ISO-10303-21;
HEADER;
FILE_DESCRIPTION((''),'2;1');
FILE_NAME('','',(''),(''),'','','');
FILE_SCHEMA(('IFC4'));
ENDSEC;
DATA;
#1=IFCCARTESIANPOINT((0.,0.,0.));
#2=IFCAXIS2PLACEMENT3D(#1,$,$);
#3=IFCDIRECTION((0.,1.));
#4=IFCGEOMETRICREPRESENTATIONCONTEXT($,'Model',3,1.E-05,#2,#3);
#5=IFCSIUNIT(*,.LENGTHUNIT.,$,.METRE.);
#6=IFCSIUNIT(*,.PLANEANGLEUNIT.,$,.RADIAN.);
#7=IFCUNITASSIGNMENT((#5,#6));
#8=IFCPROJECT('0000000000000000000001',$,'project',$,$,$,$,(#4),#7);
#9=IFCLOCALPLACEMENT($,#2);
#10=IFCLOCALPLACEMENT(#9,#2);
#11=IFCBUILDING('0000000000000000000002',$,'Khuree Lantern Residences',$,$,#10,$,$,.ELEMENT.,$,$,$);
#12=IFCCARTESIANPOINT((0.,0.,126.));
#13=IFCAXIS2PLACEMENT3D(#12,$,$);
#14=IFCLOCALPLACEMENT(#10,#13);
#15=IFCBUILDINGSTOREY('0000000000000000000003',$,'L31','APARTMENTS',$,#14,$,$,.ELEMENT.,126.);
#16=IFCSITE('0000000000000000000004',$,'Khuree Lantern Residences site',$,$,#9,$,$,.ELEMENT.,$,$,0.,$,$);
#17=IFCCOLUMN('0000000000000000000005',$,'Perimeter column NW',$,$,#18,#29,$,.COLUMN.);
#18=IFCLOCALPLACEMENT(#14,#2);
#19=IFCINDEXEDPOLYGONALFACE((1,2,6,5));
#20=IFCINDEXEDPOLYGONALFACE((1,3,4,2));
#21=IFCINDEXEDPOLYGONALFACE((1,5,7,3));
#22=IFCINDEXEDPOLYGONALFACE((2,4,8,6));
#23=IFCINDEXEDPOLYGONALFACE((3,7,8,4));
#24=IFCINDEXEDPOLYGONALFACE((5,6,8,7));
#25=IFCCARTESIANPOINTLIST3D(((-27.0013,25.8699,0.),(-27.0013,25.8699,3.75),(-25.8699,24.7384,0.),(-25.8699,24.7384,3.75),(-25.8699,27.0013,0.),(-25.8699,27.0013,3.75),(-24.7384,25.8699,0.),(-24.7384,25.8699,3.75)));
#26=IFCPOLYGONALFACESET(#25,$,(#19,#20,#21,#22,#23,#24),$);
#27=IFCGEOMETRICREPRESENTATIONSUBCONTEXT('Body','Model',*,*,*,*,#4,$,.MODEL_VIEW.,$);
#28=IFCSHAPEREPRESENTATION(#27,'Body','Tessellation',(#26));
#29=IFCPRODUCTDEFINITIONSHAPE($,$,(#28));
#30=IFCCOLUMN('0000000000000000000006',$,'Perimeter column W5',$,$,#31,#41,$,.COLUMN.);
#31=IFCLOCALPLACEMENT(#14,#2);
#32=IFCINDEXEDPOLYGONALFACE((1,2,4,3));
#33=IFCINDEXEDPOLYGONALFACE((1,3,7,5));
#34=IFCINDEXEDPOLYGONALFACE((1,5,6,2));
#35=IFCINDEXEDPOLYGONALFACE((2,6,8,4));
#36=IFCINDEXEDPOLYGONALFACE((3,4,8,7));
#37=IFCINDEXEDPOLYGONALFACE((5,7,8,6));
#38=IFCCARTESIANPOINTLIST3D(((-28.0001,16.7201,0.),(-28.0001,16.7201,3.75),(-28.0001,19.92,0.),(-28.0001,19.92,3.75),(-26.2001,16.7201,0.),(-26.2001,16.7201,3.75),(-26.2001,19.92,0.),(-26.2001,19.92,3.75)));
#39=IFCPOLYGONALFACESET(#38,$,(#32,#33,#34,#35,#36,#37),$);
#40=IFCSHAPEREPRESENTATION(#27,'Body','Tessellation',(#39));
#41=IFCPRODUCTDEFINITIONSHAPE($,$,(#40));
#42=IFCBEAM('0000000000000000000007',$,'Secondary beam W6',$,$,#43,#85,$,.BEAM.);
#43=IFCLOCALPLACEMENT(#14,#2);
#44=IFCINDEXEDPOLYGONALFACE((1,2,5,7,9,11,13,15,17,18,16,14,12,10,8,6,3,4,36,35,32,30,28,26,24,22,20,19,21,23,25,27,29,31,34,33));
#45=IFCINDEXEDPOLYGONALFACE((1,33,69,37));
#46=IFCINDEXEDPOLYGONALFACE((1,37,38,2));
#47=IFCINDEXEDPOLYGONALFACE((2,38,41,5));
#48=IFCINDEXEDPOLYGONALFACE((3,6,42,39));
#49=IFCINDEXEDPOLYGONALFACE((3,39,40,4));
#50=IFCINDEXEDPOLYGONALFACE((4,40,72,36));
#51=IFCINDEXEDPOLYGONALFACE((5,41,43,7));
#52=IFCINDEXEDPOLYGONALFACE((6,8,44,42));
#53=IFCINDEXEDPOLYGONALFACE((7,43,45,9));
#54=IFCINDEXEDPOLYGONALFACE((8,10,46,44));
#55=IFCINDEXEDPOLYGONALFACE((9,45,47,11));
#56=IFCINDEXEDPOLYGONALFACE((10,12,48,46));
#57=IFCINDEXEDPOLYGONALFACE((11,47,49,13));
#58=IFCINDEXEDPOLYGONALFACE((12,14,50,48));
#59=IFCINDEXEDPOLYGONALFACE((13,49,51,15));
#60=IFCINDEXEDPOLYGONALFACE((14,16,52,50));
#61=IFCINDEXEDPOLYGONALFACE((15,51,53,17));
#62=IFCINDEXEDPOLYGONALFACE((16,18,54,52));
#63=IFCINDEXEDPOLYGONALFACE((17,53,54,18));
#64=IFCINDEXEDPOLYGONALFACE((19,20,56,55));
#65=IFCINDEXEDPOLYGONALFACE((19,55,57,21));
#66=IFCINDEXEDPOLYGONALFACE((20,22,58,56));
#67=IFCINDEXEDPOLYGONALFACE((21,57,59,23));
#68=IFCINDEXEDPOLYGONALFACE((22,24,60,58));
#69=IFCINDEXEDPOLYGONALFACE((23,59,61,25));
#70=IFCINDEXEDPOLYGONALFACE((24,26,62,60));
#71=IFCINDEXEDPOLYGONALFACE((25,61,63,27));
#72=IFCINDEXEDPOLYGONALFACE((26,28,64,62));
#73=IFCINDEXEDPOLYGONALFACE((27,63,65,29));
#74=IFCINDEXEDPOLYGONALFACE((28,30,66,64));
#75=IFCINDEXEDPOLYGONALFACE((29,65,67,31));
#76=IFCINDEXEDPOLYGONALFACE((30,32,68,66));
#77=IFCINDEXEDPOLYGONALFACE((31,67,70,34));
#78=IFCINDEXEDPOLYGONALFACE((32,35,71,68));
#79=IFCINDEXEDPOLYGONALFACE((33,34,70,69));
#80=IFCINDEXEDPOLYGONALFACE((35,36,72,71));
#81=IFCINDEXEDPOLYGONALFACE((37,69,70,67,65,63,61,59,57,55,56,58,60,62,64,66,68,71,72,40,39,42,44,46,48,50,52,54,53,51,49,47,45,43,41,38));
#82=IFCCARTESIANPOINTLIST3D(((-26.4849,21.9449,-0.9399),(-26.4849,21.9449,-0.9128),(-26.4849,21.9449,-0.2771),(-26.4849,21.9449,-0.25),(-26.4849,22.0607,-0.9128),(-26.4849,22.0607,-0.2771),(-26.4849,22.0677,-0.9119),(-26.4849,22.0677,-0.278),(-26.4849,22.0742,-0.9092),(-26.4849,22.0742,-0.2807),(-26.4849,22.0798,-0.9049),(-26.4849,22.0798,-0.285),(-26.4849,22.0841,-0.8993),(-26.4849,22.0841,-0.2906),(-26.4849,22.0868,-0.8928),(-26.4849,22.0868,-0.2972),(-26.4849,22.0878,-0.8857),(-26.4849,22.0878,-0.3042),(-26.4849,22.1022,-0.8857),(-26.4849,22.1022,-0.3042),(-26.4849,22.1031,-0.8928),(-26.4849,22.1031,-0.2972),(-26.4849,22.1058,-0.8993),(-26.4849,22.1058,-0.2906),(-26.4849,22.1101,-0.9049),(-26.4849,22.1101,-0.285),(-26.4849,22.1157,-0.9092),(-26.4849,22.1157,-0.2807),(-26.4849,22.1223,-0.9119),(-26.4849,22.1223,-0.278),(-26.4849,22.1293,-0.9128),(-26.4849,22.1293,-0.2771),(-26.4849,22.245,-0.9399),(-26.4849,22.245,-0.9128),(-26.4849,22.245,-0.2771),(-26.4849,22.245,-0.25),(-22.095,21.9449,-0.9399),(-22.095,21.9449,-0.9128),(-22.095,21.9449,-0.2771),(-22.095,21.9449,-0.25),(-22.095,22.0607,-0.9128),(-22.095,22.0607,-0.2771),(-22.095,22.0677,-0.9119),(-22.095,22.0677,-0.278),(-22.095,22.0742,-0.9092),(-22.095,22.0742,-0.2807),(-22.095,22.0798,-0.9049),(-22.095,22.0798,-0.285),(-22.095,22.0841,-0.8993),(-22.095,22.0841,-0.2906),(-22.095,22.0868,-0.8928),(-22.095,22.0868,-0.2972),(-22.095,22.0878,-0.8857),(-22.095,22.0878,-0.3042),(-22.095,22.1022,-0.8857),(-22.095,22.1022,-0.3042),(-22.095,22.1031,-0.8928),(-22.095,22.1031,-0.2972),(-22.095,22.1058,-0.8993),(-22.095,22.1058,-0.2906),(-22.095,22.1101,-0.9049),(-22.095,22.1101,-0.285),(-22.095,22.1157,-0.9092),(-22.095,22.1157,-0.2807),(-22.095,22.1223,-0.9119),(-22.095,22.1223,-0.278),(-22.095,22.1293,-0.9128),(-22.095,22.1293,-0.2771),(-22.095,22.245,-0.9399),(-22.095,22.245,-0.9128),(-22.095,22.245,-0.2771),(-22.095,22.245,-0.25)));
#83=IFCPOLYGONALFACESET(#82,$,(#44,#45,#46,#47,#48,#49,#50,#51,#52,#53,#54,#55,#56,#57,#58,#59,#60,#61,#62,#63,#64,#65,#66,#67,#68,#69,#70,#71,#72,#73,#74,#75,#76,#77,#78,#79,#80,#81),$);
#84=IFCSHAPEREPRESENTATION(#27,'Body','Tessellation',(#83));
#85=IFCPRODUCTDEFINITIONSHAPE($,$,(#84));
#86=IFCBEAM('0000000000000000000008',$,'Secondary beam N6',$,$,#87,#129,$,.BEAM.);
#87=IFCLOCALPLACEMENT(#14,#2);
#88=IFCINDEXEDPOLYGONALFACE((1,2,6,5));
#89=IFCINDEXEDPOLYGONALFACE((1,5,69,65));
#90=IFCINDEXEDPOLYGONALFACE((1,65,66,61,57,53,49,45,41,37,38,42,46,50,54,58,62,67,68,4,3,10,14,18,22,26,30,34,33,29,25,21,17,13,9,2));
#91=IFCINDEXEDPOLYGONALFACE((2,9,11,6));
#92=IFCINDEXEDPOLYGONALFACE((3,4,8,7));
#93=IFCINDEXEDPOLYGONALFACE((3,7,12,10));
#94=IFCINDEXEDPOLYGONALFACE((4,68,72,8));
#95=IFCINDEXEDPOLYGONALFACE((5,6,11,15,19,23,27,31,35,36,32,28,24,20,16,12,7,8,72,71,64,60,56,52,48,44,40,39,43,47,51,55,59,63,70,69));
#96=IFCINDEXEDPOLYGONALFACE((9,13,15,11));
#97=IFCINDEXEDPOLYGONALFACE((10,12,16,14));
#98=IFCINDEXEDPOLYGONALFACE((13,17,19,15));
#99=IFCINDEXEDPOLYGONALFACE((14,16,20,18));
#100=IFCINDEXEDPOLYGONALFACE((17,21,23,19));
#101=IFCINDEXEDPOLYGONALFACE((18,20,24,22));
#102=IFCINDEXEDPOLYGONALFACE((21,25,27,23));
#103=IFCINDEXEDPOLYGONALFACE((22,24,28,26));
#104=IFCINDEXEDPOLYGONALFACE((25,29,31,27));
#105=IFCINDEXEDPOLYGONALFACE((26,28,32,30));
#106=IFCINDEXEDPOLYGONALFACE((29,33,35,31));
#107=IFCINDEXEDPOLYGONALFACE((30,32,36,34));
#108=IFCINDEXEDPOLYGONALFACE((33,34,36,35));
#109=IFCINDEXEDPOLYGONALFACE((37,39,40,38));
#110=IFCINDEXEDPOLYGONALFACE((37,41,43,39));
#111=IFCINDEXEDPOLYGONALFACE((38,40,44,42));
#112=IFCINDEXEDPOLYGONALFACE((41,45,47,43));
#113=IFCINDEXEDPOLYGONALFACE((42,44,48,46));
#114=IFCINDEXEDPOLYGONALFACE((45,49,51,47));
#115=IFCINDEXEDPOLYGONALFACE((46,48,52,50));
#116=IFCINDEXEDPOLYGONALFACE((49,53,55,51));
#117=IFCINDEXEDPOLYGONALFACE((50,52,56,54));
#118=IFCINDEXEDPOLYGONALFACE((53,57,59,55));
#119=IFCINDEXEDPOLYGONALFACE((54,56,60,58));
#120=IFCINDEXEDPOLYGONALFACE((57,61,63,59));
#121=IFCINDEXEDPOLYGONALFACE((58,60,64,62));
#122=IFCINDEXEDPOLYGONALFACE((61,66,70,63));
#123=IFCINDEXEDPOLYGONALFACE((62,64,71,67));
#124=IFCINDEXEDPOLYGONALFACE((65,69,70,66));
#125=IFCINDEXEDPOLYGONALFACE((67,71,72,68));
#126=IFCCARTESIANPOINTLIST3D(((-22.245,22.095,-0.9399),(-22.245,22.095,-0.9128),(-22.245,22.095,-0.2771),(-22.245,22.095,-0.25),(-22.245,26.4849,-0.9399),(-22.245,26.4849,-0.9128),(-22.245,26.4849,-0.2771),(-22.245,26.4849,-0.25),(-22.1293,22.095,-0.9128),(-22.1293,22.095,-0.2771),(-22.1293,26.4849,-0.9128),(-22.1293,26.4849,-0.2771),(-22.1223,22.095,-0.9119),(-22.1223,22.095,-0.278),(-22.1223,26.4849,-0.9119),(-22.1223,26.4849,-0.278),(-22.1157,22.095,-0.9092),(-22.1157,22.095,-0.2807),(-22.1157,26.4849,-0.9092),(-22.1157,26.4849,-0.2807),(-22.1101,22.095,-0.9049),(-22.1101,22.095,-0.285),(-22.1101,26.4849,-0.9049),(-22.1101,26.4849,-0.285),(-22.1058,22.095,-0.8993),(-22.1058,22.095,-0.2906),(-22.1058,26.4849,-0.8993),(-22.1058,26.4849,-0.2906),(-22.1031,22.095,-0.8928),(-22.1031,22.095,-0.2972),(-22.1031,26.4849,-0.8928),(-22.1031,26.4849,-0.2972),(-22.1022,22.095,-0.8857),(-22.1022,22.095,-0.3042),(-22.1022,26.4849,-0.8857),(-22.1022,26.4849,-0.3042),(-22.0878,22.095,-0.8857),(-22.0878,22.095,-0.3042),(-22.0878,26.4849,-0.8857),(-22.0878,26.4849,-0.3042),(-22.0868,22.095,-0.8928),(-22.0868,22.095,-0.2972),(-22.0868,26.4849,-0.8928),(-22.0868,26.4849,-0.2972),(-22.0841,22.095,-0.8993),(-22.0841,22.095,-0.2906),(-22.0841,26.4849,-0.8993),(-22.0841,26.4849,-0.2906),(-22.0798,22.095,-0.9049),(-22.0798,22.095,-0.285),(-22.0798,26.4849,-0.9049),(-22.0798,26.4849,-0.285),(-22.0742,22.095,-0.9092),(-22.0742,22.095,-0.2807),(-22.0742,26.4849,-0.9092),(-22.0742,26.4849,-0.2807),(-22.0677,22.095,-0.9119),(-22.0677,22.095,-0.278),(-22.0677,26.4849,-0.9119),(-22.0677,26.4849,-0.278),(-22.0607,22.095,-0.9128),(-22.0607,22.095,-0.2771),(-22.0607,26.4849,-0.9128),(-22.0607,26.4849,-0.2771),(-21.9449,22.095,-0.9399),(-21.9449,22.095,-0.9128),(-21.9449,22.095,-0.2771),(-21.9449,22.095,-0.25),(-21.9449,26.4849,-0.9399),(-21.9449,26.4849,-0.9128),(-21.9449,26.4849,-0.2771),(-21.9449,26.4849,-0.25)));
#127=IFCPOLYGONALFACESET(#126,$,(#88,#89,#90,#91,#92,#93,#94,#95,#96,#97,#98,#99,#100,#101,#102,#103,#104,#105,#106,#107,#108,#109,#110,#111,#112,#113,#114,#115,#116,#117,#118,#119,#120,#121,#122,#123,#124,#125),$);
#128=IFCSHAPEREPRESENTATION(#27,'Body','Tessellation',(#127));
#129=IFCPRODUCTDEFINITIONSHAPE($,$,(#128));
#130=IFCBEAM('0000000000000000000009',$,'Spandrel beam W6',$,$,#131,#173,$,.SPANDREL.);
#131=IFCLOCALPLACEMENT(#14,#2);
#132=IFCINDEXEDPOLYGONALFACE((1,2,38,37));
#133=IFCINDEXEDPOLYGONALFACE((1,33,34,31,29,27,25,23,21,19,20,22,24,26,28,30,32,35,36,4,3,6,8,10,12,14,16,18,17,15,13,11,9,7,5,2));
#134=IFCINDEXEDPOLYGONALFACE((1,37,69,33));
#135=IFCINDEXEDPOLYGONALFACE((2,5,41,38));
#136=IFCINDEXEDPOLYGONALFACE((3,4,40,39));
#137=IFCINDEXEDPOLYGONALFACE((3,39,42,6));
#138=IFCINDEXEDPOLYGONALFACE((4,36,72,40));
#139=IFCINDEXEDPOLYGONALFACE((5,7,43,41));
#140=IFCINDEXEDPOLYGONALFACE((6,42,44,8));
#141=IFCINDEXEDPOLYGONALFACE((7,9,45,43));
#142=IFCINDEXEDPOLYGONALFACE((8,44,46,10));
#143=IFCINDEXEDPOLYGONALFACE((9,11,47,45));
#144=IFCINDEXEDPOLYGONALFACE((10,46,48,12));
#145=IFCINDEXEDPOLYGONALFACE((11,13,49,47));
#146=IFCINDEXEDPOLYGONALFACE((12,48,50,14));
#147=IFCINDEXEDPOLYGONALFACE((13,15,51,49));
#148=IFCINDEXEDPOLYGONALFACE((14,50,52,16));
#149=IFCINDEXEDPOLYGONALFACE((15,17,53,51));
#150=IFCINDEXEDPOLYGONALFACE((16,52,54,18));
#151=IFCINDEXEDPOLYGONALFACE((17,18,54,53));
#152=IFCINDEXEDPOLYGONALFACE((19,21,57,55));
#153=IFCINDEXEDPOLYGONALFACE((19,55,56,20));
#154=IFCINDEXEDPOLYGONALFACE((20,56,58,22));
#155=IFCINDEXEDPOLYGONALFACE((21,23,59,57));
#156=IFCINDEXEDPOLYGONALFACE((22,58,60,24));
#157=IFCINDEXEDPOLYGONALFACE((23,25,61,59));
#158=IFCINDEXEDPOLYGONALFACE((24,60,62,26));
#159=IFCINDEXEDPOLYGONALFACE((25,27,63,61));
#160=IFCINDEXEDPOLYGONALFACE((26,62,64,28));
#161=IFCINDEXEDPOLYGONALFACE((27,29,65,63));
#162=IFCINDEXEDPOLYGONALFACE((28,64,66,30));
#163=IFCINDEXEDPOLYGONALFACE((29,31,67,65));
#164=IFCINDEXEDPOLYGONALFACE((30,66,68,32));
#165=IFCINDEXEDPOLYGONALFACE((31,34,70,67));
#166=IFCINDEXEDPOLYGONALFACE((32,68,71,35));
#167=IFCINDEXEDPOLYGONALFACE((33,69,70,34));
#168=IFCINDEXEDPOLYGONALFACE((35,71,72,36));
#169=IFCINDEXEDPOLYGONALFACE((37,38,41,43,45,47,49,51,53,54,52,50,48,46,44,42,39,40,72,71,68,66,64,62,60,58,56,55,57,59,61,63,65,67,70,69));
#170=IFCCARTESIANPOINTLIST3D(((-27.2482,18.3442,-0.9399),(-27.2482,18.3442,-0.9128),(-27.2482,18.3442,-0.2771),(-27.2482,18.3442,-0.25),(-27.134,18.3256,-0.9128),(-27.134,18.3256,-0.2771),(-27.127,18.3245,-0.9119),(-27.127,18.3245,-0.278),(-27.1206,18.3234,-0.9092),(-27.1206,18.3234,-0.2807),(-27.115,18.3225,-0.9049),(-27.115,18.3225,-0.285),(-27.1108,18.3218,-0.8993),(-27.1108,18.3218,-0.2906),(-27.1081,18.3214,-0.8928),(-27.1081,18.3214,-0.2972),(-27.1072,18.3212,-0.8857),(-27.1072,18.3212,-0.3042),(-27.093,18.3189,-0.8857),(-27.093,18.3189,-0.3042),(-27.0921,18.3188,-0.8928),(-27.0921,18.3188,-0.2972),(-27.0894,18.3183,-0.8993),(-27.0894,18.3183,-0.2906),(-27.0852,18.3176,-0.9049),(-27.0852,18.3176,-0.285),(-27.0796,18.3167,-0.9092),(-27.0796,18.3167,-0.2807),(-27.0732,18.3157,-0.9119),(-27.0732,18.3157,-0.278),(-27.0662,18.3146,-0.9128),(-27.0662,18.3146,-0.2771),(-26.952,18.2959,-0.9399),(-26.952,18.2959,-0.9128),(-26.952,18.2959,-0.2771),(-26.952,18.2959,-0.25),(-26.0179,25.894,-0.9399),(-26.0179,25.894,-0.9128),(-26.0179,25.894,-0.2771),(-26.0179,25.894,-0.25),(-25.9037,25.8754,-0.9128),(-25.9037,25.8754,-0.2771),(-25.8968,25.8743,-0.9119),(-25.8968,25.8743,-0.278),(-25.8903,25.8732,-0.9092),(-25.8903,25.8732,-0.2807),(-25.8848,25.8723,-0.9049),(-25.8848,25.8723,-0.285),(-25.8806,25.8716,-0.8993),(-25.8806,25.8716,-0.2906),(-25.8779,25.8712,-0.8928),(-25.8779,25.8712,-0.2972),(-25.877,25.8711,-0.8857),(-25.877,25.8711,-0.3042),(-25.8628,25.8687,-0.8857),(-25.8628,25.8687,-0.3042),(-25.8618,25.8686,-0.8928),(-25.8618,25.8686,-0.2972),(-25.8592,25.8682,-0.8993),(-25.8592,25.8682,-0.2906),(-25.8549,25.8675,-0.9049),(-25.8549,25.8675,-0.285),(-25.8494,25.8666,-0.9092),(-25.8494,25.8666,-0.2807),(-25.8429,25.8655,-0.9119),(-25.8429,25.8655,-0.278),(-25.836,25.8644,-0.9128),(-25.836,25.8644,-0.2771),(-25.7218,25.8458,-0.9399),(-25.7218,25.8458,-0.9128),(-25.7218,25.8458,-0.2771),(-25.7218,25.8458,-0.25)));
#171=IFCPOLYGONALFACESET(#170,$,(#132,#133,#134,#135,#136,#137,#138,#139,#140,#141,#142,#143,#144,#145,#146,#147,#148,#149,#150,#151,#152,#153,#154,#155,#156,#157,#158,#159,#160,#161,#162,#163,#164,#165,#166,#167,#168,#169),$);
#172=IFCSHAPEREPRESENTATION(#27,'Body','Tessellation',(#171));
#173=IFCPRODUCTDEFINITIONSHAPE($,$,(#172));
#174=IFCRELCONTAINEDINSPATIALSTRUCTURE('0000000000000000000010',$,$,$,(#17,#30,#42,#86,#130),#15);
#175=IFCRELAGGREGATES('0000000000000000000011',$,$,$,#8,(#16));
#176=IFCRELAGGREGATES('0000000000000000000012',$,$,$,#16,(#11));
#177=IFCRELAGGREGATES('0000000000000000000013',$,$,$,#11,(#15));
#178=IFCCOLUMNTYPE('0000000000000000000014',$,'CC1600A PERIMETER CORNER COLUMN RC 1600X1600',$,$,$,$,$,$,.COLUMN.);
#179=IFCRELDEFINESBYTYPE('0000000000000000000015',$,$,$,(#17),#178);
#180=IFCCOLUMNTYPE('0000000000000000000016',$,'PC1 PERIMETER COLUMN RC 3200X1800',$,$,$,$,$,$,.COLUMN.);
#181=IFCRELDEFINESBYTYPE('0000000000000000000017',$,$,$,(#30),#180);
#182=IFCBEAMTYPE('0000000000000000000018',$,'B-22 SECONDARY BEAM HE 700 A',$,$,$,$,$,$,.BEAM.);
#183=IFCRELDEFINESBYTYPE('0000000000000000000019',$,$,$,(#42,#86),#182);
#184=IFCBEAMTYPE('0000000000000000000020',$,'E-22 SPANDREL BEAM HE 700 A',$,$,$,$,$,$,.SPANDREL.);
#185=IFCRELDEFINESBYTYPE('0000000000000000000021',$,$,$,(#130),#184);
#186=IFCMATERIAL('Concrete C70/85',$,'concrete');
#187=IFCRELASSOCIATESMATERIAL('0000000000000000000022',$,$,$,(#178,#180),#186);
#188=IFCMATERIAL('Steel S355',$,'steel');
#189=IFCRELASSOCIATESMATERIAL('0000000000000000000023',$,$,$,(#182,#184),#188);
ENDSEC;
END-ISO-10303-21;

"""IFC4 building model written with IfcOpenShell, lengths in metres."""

from ifc_helpers import new_model, si_unit, direction, frame, origin, origin_2d, place, context, subcontext, project, spatial, rectangle, i_section, extrude, material, material_profile, profile_set, type_object, element, save


model = new_model("IFC4")

# Units and contexts
model_context = context("Model", 3, precision=1e-05, world=origin(), true_north=direction((0.0, 1.0)))
body_context = subcontext(model_context, "Body", "Model", "MODEL_VIEW")
ifc_project = project(units=[si_unit("LENGTHUNIT", "METRE"), si_unit("PLANEANGLEUNIT", "RADIAN")], contexts=[model_context])

# Site, building, storey
site_placement = place(None, origin())
site = spatial("IfcSite", under=ifc_project, at=site_placement, Name="Khuree Lantern Residences site", CompositionType="ELEMENT", RefElevation=0.0)
building_placement = place(site_placement, origin())
building = spatial("IfcBuilding", under=site, at=building_placement, Name="Khuree Lantern Residences", CompositionType="ELEMENT")
storey_placement = place(building_placement, frame((0.0, 0.0, 126.0)))
storey = spatial("IfcBuildingStorey", under=building, at=storey_placement, Name="L31", Description="APARTMENTS", CompositionType="ELEMENT", Elevation=126.0)

# Columns
ifc_material_1 = material(Name="Concrete C70/85", Category="concrete")
ifc_material_profile_1 = material_profile(ifc_material_1, rectangle(XDim=1.6001, YDim=1.6001, at=origin_2d()), Name="RC 1600X1600")
ifc_profile_set_1 = profile_set([ifc_material_profile_1], Name="Concrete C70/85")
column_type_1 = type_object("IfcColumnType", Name="CC1600A PERIMETER CORNER COLUMN RC 1600X1600", PredefinedType="COLUMN", material=ifc_profile_set_1)
column_1_placement = place(storey_placement, frame((-25.8699, 25.8699, 0.0), z_axis=(0.0, 0.0, 1.0), x_axis=(0.707107, 0.707107, 0.0)))
element("IfcColumn", 1, at=column_1_placement, inside=storey, type_object=column_type_1, Name="Perimeter column NW", PredefinedType="COLUMN", context=body_context, shape_type="SweptSolid", body=[
    extrude(rectangle(XDim=1.6001, YDim=1.6001, at=origin_2d()), origin(), (0.0, 0.0, 1.0), 3.75),
])
ifc_material_profile_2 = material_profile(ifc_material_1, rectangle(XDim=3.2, YDim=1.8, at=origin_2d()), Name="RC 3200X1800")
ifc_profile_set_2 = profile_set([ifc_material_profile_2], Name="Concrete C70/85")
column_type_2 = type_object("IfcColumnType", Name="PC1 PERIMETER COLUMN RC 3200X1800", PredefinedType="COLUMN", material=ifc_profile_set_2)
column_2_placement = place(storey_placement, frame((-27.1001, 18.3201, 0.0), z_axis=(0.0, 0.0, 1.0), x_axis=(0.0, 1.0, 0.0)))
element("IfcColumn", 2, at=column_2_placement, inside=storey, type_object=column_type_2, Name="Perimeter column W5", PredefinedType="COLUMN", context=body_context, shape_type="SweptSolid", body=[
    extrude(rectangle(XDim=3.2, YDim=1.8, at=origin_2d()), origin(), (0.0, 0.0, 1.0), 3.75),
])

# Beams
ifc_material_2 = material(Name="Steel S355", Category="steel")
ifc_material_profile_3 = material_profile(ifc_material_2, i_section(OverallWidth=0.3, OverallDepth=0.6899, WebThickness=0.0144, FlangeThickness=0.0271, FilletRadius=0.0271, at=origin_2d()), Name="HE 700 A")
ifc_profile_set_3 = profile_set([ifc_material_profile_3], Name="Steel S355")
beam_type_1 = type_object("IfcBeamType", Name="B-22 SECONDARY BEAM HE 700 A", PredefinedType="BEAM", material=ifc_profile_set_3)
for number, where, z_axis, x_axis, name in (
    (3, (-26.4849, 22.095, -0.595), (1.0, 0.0, 0.0), (0.0, 1.0, 0.0), "Secondary beam W6"),
    (4, (-22.095, 26.4849, -0.595), (0.0, -1.0, 0.0), (1.0, 0.0, 0.0), "Secondary beam N6"),
):
    element("IfcBeam", number, at=place(storey_placement, frame(where, z_axis=z_axis, x_axis=x_axis)), inside=storey, type_object=beam_type_1, Name=name, PredefinedType="BEAM", context=body_context, shape_type="SweptSolid", body=[
        extrude(i_section(OverallWidth=0.3, OverallDepth=0.6899, WebThickness=0.0144, FlangeThickness=0.0271, FilletRadius=0.0271, at=origin_2d()), origin(), (0.0, 0.0, 1.0), 4.3899),
    ])
ifc_material_profile_4 = material_profile(ifc_material_2, i_section(OverallWidth=0.3, OverallDepth=0.6899, WebThickness=0.0144, FlangeThickness=0.0271, FilletRadius=0.0271, at=origin_2d()), Name="HE 700 A")
ifc_profile_set_4 = profile_set([ifc_material_profile_4], Name="Steel S355")
beam_type_2 = type_object("IfcBeamType", Name="E-22 SPANDREL BEAM HE 700 A", PredefinedType="SPANDREL", material=ifc_profile_set_4)
for number, where, z_axis, x_axis, name in (
    (5, (-27.1001, 18.3201, -0.595), (0.160827, 0.986983, 0.0), (-0.986983, 0.160827, 0.0), "Spandrel beam W6"),
):
    element("IfcBeam", number, at=place(storey_placement, frame(where, z_axis=z_axis, x_axis=x_axis)), inside=storey, type_object=beam_type_2, Name=name, PredefinedType="SPANDREL", context=body_context, shape_type="SweptSolid", body=[
        extrude(i_section(OverallWidth=0.3, OverallDepth=0.6899, WebThickness=0.0144, FlangeThickness=0.0271, FilletRadius=0.0271, at=origin_2d()), origin(), (0.0, 0.0, 1.0), 7.6494),
    ])

save(model, "model.ifc")
